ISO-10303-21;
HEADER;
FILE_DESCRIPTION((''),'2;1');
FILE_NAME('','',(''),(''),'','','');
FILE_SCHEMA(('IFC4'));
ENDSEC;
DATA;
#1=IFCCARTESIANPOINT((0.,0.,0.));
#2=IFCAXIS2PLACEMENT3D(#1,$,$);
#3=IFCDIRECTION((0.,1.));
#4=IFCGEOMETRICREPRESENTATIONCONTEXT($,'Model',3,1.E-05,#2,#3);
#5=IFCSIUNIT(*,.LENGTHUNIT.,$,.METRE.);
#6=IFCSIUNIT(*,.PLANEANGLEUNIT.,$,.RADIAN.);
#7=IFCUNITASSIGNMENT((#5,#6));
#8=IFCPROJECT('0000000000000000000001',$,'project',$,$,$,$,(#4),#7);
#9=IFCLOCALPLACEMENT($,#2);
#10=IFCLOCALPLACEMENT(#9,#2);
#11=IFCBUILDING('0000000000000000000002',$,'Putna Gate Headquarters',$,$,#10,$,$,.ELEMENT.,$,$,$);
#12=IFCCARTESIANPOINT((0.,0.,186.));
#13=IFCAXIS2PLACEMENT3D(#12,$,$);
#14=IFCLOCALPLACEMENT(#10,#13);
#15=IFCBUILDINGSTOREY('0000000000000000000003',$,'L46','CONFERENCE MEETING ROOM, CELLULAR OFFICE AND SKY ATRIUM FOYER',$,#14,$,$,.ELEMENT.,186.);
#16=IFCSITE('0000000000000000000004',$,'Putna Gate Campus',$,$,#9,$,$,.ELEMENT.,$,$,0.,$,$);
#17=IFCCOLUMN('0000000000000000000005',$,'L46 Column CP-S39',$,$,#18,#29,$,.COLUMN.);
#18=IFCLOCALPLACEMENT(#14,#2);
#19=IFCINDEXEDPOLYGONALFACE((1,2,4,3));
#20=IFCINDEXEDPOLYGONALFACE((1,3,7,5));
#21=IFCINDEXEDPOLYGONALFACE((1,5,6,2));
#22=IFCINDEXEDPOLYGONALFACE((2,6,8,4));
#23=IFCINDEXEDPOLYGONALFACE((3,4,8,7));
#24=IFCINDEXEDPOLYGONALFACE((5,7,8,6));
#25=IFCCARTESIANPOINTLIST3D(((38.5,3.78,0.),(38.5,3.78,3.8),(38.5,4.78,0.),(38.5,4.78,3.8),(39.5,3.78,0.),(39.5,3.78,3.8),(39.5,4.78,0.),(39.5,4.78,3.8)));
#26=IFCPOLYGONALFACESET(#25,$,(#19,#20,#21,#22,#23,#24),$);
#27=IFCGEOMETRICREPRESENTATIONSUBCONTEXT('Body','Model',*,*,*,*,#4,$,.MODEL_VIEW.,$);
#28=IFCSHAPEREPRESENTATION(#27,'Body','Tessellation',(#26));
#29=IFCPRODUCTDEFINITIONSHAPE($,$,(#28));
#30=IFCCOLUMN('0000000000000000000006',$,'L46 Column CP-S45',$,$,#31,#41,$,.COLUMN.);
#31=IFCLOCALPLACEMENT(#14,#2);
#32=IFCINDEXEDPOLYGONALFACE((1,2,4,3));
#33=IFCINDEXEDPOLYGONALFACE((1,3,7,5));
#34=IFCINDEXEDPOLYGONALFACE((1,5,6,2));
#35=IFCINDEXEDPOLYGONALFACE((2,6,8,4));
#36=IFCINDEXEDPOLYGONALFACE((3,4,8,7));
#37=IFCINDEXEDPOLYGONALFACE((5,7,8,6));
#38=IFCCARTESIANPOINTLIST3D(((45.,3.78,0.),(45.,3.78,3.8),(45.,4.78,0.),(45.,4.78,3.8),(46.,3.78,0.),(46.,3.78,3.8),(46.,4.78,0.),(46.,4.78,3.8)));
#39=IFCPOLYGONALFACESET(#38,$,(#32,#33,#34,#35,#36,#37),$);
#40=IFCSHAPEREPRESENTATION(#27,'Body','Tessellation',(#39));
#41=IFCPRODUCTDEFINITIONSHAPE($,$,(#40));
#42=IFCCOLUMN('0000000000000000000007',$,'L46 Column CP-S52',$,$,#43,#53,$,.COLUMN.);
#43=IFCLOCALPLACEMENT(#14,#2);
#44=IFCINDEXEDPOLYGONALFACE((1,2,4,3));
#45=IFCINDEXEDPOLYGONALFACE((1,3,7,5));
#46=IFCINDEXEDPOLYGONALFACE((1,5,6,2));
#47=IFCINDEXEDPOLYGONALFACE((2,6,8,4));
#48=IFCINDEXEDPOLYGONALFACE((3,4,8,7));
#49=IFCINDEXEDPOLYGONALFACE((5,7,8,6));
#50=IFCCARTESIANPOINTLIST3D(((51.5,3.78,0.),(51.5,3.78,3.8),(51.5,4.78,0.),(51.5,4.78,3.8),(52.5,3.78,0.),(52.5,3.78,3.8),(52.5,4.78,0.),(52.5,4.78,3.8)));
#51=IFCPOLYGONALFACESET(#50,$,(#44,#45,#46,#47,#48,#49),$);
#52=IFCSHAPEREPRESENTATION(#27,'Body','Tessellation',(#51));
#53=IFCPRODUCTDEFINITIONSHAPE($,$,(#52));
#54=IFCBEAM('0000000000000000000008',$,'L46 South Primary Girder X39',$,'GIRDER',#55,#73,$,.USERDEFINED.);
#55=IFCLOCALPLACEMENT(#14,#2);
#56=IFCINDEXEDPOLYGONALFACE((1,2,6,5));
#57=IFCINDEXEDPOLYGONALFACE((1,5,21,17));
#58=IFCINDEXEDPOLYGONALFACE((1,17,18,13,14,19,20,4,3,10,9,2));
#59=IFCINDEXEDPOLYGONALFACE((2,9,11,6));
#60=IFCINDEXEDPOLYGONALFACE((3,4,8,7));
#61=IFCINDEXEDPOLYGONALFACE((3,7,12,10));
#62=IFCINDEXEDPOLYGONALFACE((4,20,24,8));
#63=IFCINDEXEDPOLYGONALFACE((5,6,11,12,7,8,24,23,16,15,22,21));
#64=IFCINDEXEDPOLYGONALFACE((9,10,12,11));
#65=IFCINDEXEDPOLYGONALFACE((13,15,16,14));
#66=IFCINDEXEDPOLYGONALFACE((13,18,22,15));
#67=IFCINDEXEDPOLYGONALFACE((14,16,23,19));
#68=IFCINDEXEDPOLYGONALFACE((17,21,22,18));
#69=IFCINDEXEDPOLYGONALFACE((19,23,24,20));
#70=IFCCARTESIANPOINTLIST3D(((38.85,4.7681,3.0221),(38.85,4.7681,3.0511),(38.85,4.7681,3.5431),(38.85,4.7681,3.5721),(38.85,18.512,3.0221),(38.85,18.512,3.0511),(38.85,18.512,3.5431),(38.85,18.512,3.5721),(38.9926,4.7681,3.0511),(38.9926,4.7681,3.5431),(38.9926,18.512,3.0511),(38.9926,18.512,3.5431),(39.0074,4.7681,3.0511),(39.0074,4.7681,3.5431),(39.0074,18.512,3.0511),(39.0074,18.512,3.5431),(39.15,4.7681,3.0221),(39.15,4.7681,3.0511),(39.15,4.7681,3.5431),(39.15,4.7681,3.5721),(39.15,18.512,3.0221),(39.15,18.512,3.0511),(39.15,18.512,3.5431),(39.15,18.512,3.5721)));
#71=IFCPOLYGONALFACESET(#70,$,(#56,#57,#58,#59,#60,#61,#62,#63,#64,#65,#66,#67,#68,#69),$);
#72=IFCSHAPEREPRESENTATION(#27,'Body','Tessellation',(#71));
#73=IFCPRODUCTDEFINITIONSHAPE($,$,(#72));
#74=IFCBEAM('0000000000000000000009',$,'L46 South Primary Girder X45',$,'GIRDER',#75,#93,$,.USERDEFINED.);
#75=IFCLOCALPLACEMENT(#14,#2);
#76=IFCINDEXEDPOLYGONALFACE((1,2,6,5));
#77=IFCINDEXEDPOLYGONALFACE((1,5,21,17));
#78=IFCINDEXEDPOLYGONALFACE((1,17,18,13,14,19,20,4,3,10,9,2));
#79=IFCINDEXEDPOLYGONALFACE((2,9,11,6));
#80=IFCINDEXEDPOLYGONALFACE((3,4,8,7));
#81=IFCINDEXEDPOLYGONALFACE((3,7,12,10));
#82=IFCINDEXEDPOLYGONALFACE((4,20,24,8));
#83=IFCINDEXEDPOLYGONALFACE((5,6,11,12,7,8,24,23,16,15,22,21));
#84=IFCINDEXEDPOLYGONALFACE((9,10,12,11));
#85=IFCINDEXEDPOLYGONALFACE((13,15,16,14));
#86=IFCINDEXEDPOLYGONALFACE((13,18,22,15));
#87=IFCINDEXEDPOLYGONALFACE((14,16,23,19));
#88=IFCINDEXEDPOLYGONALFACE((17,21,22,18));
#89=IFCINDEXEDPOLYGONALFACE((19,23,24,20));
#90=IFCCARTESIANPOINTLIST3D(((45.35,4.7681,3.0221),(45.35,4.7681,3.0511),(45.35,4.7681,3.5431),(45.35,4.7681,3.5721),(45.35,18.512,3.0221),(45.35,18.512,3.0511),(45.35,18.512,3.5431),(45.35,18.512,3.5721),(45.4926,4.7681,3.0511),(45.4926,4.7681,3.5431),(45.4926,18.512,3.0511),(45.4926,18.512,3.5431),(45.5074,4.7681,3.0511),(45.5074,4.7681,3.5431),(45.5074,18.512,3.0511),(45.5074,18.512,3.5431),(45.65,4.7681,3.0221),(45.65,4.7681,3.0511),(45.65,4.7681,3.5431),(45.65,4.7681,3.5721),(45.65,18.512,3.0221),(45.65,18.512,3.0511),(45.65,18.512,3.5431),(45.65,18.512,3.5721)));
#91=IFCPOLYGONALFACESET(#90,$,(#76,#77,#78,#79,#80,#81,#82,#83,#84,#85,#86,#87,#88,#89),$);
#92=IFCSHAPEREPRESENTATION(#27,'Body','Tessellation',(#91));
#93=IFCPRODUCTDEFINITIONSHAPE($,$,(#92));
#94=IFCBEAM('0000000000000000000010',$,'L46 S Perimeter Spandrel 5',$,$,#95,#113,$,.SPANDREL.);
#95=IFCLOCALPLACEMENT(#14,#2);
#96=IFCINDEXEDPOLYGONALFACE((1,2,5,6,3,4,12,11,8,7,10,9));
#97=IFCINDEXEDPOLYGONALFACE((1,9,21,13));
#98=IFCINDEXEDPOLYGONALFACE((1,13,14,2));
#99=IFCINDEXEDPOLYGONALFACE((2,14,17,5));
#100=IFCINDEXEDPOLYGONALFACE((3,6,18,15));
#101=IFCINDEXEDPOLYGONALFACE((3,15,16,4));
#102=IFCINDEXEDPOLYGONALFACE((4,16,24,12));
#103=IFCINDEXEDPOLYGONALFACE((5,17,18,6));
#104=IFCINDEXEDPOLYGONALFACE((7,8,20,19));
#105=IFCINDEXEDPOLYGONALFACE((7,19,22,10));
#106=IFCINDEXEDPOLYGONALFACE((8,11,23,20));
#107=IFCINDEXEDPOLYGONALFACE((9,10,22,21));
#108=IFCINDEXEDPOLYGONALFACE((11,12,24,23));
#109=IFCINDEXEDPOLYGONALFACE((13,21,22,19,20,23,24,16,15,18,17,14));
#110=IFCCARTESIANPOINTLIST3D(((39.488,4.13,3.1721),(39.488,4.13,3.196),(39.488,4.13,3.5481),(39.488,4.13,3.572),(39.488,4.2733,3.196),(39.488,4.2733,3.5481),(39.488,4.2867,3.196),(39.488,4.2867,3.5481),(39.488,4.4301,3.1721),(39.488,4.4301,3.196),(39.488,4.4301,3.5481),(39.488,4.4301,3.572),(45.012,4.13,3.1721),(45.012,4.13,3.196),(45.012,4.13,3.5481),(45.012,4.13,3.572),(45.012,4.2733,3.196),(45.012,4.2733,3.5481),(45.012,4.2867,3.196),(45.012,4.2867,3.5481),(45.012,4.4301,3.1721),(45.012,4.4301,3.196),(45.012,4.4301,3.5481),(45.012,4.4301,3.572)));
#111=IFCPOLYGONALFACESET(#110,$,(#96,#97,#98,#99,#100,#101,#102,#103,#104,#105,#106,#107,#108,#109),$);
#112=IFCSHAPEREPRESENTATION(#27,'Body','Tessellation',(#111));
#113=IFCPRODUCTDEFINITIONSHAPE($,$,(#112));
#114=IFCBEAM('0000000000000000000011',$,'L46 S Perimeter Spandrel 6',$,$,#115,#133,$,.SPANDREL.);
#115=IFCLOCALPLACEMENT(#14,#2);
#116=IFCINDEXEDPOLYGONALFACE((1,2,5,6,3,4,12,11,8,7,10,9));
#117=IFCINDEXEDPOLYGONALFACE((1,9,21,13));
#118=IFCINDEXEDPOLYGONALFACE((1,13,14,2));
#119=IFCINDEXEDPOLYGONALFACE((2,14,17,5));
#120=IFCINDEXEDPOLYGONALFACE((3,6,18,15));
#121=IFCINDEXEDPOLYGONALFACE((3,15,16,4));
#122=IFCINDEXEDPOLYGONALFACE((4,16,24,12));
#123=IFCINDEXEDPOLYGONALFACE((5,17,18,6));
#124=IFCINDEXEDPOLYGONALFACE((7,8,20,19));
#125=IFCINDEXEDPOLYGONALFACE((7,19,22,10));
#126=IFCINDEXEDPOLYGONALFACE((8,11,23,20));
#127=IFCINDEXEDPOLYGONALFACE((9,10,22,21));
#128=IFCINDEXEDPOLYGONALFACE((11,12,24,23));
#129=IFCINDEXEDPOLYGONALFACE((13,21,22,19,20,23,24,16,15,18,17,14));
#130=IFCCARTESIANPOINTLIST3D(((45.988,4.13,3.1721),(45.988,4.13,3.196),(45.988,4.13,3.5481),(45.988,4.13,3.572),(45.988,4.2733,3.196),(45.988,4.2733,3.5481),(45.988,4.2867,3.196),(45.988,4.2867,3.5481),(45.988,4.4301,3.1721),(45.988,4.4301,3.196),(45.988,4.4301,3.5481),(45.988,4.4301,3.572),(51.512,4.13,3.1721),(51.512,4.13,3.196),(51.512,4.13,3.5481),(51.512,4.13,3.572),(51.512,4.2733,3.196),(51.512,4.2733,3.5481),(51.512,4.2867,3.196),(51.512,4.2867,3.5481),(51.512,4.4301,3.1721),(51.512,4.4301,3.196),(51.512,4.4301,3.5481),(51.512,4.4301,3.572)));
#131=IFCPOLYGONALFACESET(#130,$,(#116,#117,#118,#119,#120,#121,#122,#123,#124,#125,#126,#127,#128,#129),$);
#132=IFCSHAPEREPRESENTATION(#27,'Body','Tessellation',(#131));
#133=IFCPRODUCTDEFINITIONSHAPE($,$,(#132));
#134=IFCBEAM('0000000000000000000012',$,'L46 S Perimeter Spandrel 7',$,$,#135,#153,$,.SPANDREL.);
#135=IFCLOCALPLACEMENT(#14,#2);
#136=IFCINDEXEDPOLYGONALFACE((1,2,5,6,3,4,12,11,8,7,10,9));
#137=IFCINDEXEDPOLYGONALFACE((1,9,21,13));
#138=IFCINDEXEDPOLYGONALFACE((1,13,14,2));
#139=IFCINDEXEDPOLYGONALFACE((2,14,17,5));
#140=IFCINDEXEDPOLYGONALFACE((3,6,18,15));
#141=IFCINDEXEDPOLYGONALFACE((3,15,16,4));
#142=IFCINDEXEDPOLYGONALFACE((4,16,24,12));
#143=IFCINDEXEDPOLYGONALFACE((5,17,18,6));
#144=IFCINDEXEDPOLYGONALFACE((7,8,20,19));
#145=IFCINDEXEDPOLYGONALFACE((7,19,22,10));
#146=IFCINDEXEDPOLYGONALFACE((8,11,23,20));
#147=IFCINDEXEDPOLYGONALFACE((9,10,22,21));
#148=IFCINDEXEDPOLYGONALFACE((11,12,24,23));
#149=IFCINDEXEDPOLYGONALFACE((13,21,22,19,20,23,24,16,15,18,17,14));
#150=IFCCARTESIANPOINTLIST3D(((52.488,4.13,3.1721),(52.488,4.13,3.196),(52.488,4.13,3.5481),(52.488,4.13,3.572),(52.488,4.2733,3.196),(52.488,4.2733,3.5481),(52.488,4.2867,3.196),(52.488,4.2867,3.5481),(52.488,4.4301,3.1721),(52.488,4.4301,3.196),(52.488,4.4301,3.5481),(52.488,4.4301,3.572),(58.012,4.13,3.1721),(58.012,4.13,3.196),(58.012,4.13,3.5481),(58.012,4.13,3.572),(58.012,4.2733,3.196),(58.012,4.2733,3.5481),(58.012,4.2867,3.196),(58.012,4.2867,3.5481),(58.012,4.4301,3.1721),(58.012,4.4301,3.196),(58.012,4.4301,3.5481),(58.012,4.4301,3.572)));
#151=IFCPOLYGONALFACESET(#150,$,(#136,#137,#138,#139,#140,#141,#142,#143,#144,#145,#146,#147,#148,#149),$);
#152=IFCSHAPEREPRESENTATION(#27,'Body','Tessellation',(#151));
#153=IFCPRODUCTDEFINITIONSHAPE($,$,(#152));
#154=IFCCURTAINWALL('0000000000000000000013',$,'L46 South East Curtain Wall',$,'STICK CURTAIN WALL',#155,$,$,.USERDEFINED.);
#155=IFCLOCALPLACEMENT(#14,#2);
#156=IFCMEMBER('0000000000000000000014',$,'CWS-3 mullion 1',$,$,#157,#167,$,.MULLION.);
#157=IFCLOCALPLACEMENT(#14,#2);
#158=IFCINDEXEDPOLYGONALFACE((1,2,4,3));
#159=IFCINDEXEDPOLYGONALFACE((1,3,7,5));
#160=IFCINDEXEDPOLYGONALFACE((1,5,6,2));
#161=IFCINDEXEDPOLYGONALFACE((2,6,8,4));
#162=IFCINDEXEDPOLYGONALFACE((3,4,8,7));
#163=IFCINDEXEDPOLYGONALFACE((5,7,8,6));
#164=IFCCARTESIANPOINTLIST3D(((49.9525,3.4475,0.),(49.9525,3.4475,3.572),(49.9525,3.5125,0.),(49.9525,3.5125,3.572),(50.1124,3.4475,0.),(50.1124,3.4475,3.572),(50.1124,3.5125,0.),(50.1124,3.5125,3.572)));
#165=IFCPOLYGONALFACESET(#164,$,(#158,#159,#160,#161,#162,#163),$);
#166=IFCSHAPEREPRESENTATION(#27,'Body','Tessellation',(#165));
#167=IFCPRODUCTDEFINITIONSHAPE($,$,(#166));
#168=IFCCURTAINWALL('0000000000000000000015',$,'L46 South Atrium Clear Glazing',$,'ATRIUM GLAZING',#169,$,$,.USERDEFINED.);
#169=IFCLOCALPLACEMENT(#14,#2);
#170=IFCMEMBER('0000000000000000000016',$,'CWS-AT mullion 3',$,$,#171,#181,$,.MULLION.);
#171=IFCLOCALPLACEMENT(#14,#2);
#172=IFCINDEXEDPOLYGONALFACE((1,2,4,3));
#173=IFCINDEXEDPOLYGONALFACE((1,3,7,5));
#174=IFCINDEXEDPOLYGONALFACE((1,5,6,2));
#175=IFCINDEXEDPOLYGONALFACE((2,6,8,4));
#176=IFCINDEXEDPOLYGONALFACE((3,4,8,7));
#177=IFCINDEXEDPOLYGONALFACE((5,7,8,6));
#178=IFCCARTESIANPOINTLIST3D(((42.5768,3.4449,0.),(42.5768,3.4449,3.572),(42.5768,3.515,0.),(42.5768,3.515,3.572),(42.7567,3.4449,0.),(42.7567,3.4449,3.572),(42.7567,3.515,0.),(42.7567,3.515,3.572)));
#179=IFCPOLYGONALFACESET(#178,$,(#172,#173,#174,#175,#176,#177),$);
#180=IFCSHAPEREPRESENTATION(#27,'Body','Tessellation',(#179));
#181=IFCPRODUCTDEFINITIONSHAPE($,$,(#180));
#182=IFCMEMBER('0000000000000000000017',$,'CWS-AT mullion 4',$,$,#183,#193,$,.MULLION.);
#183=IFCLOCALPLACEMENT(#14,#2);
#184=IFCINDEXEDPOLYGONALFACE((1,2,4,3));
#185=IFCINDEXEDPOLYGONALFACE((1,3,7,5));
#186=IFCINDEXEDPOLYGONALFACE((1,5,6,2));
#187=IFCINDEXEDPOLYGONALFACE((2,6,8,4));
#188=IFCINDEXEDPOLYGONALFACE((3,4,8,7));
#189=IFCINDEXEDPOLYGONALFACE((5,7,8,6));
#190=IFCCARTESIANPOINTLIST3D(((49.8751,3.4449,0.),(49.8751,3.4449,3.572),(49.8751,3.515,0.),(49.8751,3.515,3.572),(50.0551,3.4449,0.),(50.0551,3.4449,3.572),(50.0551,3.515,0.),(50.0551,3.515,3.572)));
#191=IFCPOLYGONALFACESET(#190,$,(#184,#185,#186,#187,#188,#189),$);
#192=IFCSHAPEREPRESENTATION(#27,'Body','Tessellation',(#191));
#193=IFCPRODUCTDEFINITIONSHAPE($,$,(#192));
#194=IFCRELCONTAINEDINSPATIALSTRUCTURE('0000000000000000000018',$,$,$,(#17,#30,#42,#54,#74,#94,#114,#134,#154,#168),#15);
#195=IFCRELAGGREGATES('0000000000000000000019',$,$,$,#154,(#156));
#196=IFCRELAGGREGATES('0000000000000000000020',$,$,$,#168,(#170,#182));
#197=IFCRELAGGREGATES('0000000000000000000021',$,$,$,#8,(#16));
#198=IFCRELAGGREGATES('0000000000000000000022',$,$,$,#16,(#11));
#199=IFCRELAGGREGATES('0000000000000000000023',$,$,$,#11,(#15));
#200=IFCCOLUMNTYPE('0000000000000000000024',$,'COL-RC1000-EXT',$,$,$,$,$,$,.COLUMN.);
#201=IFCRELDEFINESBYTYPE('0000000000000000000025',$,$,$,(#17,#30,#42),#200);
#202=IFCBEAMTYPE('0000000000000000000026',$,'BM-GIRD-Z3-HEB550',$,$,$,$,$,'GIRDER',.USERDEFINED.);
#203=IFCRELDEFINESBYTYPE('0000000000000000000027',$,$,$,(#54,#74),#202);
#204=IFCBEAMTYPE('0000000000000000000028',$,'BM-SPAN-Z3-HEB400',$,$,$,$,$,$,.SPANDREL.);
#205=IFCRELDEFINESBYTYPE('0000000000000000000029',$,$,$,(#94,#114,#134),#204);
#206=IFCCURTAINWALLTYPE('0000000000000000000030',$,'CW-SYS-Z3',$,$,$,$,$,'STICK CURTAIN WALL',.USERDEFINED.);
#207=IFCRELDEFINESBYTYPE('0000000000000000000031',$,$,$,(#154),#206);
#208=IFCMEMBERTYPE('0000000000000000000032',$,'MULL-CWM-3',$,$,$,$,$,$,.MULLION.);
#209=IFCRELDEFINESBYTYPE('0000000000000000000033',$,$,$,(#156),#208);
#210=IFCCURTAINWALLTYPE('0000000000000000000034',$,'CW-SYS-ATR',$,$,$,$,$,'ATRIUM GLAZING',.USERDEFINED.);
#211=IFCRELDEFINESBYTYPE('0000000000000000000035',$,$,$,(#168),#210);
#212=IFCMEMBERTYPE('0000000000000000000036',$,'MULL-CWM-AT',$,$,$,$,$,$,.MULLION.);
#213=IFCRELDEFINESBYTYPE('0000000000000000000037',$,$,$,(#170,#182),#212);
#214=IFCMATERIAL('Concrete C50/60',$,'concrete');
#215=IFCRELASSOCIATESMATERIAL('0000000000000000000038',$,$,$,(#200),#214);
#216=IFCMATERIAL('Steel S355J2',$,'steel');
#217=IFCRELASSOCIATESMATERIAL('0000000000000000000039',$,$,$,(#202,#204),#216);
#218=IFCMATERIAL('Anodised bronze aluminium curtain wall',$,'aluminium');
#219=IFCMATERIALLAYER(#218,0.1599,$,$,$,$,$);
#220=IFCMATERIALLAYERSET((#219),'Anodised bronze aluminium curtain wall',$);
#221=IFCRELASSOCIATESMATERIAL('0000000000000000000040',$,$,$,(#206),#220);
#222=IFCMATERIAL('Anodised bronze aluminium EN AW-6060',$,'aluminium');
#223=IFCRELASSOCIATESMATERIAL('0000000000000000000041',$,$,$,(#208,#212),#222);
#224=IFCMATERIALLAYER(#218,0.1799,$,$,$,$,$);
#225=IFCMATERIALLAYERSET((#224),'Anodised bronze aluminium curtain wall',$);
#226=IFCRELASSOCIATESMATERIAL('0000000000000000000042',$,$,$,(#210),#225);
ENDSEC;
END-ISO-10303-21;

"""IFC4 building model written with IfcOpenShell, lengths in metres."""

from ifc_helpers import new_model, si_unit, direction, frame, origin, origin_2d, place, context, subcontext, project, spatial, rectangle, i_section, extrude, material, layer, layer_set, material_profile, profile_set, type_object, element, aggregate, save


model = new_model("IFC4")

# Units and contexts
model_context = context("Model", 3, precision=1e-05, world=origin(), true_north=direction((0.0, 1.0)))
body_context = subcontext(model_context, "Body", "Model", "MODEL_VIEW")
ifc_project = project(units=[si_unit("LENGTHUNIT", "METRE"), si_unit("PLANEANGLEUNIT", "RADIAN")], contexts=[model_context])

# Site, building, storey
site_placement = place(None, origin())
site = spatial("IfcSite", under=ifc_project, at=site_placement, Name="Putna Gate Campus", CompositionType="ELEMENT", RefElevation=0.0)
building_placement = place(site_placement, origin())
building = spatial("IfcBuilding", under=site, at=building_placement, Name="Putna Gate Headquarters", CompositionType="ELEMENT")
storey_placement = place(building_placement, frame((0.0, 0.0, 186.0)))
storey = spatial("IfcBuildingStorey", under=building, at=storey_placement, Name="L46", Description="CONFERENCE MEETING ROOM, CELLULAR OFFICE AND SKY ATRIUM FOYER", CompositionType="ELEMENT", Elevation=186.0)

# Columns
ifc_material_1 = material(Name="Concrete C50/60", Category="concrete")
ifc_material_profile_1 = material_profile(ifc_material_1, rectangle(XDim=1.0, YDim=1.0, at=origin_2d()), Name="Concrete C50/60")
ifc_profile_set_1 = profile_set([ifc_material_profile_1], Name="Concrete C50/60")
column_type = type_object("IfcColumnType", Name="COL-RC1000-EXT", PredefinedType="COLUMN", material=ifc_profile_set_1)
for number, where, z_axis, x_axis, name in (
    (1, (39.0, 4.28, 0.0), (0.0, 0.0, 1.0), (1.0, 0.0, 0.0), "L46 Column CP-S39"),
    (2, (45.5, 4.28, 0.0), (0.0, 0.0, 1.0), (1.0, 0.0, 0.0), "L46 Column CP-S45"),
    (3, (52.0, 4.28, 0.0), (0.0, 0.0, 1.0), (1.0, 0.0, 0.0), "L46 Column CP-S52"),
):
    element("IfcColumn", number, at=place(storey_placement, frame(where, z_axis=z_axis, x_axis=x_axis)), inside=storey, type_object=column_type, Name=name, PredefinedType="COLUMN", context=body_context, shape_type="SweptSolid", body=[
        extrude(rectangle(XDim=1.0, YDim=1.0, at=origin_2d()), origin(), (0.0, 0.0, 1.0), 3.8),
    ])

# Beams
ifc_material_2 = material(Name="Steel S355J2", Category="steel")
ifc_material_profile_2 = material_profile(ifc_material_2, i_section(OverallWidth=0.3, OverallDepth=0.55, WebThickness=0.0149, FlangeThickness=0.0291, at=origin_2d()), Name="Steel S355J2")
ifc_profile_set_2 = profile_set([ifc_material_profile_2], Name="Steel S355J2")
beam_type_1 = type_object("IfcBeamType", Name="BM-GIRD-Z3-HEB550", ElementType="GIRDER", PredefinedType="USERDEFINED", material=ifc_profile_set_2)
for number, where, z_axis, x_axis, name in (
    (4, (39.0, 4.7681, 3.2971), (0.0, 1.0, 0.0), (-1.0, 0.0, 0.0), "L46 South Primary Girder X39"),
    (5, (45.5, 4.7681, 3.2971), (0.0, 1.0, 0.0), (-1.0, 0.0, 0.0), "L46 South Primary Girder X45"),
):
    element("IfcBeam", number, at=place(storey_placement, frame(where, z_axis=z_axis, x_axis=x_axis)), inside=storey, type_object=beam_type_1, Name=name, ObjectType="GIRDER", PredefinedType="USERDEFINED", context=body_context, shape_type="SweptSolid", body=[
        extrude(i_section(OverallWidth=0.3, OverallDepth=0.55, WebThickness=0.0149, FlangeThickness=0.0291, at=origin_2d()), origin(), (0.0, 0.0, 1.0), 13.7439),
    ])
ifc_material_profile_3 = material_profile(ifc_material_2, i_section(OverallWidth=0.3, OverallDepth=0.3999, WebThickness=0.0134, FlangeThickness=0.0239, at=origin_2d()), Name="Steel S355J2")
ifc_profile_set_3 = profile_set([ifc_material_profile_3], Name="Steel S355J2")
beam_type_2 = type_object("IfcBeamType", Name="BM-SPAN-Z3-HEB400", PredefinedType="SPANDREL", material=ifc_profile_set_3)
for number, where, z_axis, x_axis, name in (
    (6, (39.488, 4.28, 3.3721), (1.0, 0.0, 0.0), (0.0, 1.0, 0.0), "L46 S Perimeter Spandrel 5"),
    (7, (45.988, 4.28, 3.3721), (1.0, 0.0, 0.0), (0.0, 1.0, 0.0), "L46 S Perimeter Spandrel 6"),
    (8, (52.488, 4.28, 3.3721), (1.0, 0.0, 0.0), (0.0, 1.0, 0.0), "L46 S Perimeter Spandrel 7"),
):
    element("IfcBeam", number, at=place(storey_placement, frame(where, z_axis=z_axis, x_axis=x_axis)), inside=storey, type_object=beam_type_2, Name=name, PredefinedType="SPANDREL", context=body_context, shape_type="SweptSolid", body=[
        extrude(i_section(OverallWidth=0.3, OverallDepth=0.3999, WebThickness=0.0134, FlangeThickness=0.0239, at=origin_2d()), origin(), (0.0, 0.0, 1.0), 5.5239),
    ])

# Curtain wall, member
ifc_material_3 = material(Name="Anodised bronze aluminium curtain wall", Category="aluminium")
ifc_layer_1 = layer(ifc_material_3, 0.1599)
ifc_layer_set_1 = layer_set([ifc_layer_1], Name="Anodised bronze aluminium curtain wall")
curtain_wall_type_1 = type_object("IfcCurtainWallType", Name="CW-SYS-Z3", ElementType="STICK CURTAIN WALL", PredefinedType="USERDEFINED", material=ifc_layer_set_1)
curtain_wall_1_placement = place(storey_placement, origin())
curtain_wall_1 = element("IfcCurtainWall", 9, at=curtain_wall_1_placement, inside=storey, type_object=curtain_wall_type_1, Name="L46 South East Curtain Wall", ObjectType="STICK CURTAIN WALL", PredefinedType="USERDEFINED")
ifc_material_4 = material(Name="Anodised bronze aluminium EN AW-6060", Category="aluminium")
ifc_material_profile_4 = material_profile(ifc_material_4, rectangle(XDim=0.0649, YDim=0.1599, at=origin_2d()), Name="Anodised bronze aluminium EN AW-6060")
ifc_profile_set_4 = profile_set([ifc_material_profile_4], Name="Anodised bronze aluminium EN AW-6060")
member_type_1 = type_object("IfcMemberType", Name="MULL-CWM-3", PredefinedType="MULLION", material=ifc_profile_set_4)
member_1_placement = place(storey_placement, frame((50.0325, 3.48, 0.0), z_axis=(0.0, 0.0, 1.0), x_axis=(0.0, 1.0, 0.0)))
member_1 = element("IfcMember", 10, at=member_1_placement, type_object=member_type_1, Name="CWS-3 mullion 1", PredefinedType="MULLION", context=body_context, shape_type="SweptSolid", body=[
    extrude(rectangle(XDim=0.0649, YDim=0.1599, at=origin_2d()), origin(), (0.0, 0.0, 1.0), 3.572),
])

# Curtain wall, members
ifc_layer_2 = layer(ifc_material_3, 0.1799)
ifc_layer_set_2 = layer_set([ifc_layer_2], Name="Anodised bronze aluminium curtain wall")
curtain_wall_type_2 = type_object("IfcCurtainWallType", Name="CW-SYS-ATR", ElementType="ATRIUM GLAZING", PredefinedType="USERDEFINED", material=ifc_layer_set_2)
curtain_wall_2_placement = place(storey_placement, origin())
curtain_wall_2 = element("IfcCurtainWall", 11, at=curtain_wall_2_placement, inside=storey, type_object=curtain_wall_type_2, Name="L46 South Atrium Clear Glazing", ObjectType="ATRIUM GLAZING", PredefinedType="USERDEFINED")
ifc_material_profile_5 = material_profile(ifc_material_4, rectangle(XDim=0.0701, YDim=0.1799, at=origin_2d()), Name="Anodised bronze aluminium EN AW-6060")
ifc_profile_set_5 = profile_set([ifc_material_profile_5], Name="Anodised bronze aluminium EN AW-6060")
member_type_2 = type_object("IfcMemberType", Name="MULL-CWM-AT", PredefinedType="MULLION", material=ifc_profile_set_5)
member_2_placement = place(storey_placement, frame((42.6667, 3.48, 0.0), z_axis=(0.0, 0.0, 1.0), x_axis=(0.0, 1.0, 0.0)))
member_2 = element("IfcMember", 12, at=member_2_placement, type_object=member_type_2, Name="CWS-AT mullion 3", PredefinedType="MULLION", context=body_context, shape_type="SweptSolid", body=[
    extrude(rectangle(XDim=0.0701, YDim=0.1799, at=origin_2d()), origin(), (0.0, 0.0, 1.0), 3.572),
])
member_3_placement = place(storey_placement, frame((49.9651, 3.48, 0.0), z_axis=(0.0, 0.0, 1.0), x_axis=(0.0, 1.0, 0.0)))
member_3 = element("IfcMember", 13, at=member_3_placement, type_object=member_type_2, Name="CWS-AT mullion 4", PredefinedType="MULLION", context=body_context, shape_type="SweptSolid", body=[
    extrude(rectangle(XDim=0.0701, YDim=0.1799, at=origin_2d()), origin(), (0.0, 0.0, 1.0), 3.572),
])

aggregate(curtain_wall_1, [member_1])
aggregate(curtain_wall_2, [member_2, member_3])

save(model, "model.ifc")
